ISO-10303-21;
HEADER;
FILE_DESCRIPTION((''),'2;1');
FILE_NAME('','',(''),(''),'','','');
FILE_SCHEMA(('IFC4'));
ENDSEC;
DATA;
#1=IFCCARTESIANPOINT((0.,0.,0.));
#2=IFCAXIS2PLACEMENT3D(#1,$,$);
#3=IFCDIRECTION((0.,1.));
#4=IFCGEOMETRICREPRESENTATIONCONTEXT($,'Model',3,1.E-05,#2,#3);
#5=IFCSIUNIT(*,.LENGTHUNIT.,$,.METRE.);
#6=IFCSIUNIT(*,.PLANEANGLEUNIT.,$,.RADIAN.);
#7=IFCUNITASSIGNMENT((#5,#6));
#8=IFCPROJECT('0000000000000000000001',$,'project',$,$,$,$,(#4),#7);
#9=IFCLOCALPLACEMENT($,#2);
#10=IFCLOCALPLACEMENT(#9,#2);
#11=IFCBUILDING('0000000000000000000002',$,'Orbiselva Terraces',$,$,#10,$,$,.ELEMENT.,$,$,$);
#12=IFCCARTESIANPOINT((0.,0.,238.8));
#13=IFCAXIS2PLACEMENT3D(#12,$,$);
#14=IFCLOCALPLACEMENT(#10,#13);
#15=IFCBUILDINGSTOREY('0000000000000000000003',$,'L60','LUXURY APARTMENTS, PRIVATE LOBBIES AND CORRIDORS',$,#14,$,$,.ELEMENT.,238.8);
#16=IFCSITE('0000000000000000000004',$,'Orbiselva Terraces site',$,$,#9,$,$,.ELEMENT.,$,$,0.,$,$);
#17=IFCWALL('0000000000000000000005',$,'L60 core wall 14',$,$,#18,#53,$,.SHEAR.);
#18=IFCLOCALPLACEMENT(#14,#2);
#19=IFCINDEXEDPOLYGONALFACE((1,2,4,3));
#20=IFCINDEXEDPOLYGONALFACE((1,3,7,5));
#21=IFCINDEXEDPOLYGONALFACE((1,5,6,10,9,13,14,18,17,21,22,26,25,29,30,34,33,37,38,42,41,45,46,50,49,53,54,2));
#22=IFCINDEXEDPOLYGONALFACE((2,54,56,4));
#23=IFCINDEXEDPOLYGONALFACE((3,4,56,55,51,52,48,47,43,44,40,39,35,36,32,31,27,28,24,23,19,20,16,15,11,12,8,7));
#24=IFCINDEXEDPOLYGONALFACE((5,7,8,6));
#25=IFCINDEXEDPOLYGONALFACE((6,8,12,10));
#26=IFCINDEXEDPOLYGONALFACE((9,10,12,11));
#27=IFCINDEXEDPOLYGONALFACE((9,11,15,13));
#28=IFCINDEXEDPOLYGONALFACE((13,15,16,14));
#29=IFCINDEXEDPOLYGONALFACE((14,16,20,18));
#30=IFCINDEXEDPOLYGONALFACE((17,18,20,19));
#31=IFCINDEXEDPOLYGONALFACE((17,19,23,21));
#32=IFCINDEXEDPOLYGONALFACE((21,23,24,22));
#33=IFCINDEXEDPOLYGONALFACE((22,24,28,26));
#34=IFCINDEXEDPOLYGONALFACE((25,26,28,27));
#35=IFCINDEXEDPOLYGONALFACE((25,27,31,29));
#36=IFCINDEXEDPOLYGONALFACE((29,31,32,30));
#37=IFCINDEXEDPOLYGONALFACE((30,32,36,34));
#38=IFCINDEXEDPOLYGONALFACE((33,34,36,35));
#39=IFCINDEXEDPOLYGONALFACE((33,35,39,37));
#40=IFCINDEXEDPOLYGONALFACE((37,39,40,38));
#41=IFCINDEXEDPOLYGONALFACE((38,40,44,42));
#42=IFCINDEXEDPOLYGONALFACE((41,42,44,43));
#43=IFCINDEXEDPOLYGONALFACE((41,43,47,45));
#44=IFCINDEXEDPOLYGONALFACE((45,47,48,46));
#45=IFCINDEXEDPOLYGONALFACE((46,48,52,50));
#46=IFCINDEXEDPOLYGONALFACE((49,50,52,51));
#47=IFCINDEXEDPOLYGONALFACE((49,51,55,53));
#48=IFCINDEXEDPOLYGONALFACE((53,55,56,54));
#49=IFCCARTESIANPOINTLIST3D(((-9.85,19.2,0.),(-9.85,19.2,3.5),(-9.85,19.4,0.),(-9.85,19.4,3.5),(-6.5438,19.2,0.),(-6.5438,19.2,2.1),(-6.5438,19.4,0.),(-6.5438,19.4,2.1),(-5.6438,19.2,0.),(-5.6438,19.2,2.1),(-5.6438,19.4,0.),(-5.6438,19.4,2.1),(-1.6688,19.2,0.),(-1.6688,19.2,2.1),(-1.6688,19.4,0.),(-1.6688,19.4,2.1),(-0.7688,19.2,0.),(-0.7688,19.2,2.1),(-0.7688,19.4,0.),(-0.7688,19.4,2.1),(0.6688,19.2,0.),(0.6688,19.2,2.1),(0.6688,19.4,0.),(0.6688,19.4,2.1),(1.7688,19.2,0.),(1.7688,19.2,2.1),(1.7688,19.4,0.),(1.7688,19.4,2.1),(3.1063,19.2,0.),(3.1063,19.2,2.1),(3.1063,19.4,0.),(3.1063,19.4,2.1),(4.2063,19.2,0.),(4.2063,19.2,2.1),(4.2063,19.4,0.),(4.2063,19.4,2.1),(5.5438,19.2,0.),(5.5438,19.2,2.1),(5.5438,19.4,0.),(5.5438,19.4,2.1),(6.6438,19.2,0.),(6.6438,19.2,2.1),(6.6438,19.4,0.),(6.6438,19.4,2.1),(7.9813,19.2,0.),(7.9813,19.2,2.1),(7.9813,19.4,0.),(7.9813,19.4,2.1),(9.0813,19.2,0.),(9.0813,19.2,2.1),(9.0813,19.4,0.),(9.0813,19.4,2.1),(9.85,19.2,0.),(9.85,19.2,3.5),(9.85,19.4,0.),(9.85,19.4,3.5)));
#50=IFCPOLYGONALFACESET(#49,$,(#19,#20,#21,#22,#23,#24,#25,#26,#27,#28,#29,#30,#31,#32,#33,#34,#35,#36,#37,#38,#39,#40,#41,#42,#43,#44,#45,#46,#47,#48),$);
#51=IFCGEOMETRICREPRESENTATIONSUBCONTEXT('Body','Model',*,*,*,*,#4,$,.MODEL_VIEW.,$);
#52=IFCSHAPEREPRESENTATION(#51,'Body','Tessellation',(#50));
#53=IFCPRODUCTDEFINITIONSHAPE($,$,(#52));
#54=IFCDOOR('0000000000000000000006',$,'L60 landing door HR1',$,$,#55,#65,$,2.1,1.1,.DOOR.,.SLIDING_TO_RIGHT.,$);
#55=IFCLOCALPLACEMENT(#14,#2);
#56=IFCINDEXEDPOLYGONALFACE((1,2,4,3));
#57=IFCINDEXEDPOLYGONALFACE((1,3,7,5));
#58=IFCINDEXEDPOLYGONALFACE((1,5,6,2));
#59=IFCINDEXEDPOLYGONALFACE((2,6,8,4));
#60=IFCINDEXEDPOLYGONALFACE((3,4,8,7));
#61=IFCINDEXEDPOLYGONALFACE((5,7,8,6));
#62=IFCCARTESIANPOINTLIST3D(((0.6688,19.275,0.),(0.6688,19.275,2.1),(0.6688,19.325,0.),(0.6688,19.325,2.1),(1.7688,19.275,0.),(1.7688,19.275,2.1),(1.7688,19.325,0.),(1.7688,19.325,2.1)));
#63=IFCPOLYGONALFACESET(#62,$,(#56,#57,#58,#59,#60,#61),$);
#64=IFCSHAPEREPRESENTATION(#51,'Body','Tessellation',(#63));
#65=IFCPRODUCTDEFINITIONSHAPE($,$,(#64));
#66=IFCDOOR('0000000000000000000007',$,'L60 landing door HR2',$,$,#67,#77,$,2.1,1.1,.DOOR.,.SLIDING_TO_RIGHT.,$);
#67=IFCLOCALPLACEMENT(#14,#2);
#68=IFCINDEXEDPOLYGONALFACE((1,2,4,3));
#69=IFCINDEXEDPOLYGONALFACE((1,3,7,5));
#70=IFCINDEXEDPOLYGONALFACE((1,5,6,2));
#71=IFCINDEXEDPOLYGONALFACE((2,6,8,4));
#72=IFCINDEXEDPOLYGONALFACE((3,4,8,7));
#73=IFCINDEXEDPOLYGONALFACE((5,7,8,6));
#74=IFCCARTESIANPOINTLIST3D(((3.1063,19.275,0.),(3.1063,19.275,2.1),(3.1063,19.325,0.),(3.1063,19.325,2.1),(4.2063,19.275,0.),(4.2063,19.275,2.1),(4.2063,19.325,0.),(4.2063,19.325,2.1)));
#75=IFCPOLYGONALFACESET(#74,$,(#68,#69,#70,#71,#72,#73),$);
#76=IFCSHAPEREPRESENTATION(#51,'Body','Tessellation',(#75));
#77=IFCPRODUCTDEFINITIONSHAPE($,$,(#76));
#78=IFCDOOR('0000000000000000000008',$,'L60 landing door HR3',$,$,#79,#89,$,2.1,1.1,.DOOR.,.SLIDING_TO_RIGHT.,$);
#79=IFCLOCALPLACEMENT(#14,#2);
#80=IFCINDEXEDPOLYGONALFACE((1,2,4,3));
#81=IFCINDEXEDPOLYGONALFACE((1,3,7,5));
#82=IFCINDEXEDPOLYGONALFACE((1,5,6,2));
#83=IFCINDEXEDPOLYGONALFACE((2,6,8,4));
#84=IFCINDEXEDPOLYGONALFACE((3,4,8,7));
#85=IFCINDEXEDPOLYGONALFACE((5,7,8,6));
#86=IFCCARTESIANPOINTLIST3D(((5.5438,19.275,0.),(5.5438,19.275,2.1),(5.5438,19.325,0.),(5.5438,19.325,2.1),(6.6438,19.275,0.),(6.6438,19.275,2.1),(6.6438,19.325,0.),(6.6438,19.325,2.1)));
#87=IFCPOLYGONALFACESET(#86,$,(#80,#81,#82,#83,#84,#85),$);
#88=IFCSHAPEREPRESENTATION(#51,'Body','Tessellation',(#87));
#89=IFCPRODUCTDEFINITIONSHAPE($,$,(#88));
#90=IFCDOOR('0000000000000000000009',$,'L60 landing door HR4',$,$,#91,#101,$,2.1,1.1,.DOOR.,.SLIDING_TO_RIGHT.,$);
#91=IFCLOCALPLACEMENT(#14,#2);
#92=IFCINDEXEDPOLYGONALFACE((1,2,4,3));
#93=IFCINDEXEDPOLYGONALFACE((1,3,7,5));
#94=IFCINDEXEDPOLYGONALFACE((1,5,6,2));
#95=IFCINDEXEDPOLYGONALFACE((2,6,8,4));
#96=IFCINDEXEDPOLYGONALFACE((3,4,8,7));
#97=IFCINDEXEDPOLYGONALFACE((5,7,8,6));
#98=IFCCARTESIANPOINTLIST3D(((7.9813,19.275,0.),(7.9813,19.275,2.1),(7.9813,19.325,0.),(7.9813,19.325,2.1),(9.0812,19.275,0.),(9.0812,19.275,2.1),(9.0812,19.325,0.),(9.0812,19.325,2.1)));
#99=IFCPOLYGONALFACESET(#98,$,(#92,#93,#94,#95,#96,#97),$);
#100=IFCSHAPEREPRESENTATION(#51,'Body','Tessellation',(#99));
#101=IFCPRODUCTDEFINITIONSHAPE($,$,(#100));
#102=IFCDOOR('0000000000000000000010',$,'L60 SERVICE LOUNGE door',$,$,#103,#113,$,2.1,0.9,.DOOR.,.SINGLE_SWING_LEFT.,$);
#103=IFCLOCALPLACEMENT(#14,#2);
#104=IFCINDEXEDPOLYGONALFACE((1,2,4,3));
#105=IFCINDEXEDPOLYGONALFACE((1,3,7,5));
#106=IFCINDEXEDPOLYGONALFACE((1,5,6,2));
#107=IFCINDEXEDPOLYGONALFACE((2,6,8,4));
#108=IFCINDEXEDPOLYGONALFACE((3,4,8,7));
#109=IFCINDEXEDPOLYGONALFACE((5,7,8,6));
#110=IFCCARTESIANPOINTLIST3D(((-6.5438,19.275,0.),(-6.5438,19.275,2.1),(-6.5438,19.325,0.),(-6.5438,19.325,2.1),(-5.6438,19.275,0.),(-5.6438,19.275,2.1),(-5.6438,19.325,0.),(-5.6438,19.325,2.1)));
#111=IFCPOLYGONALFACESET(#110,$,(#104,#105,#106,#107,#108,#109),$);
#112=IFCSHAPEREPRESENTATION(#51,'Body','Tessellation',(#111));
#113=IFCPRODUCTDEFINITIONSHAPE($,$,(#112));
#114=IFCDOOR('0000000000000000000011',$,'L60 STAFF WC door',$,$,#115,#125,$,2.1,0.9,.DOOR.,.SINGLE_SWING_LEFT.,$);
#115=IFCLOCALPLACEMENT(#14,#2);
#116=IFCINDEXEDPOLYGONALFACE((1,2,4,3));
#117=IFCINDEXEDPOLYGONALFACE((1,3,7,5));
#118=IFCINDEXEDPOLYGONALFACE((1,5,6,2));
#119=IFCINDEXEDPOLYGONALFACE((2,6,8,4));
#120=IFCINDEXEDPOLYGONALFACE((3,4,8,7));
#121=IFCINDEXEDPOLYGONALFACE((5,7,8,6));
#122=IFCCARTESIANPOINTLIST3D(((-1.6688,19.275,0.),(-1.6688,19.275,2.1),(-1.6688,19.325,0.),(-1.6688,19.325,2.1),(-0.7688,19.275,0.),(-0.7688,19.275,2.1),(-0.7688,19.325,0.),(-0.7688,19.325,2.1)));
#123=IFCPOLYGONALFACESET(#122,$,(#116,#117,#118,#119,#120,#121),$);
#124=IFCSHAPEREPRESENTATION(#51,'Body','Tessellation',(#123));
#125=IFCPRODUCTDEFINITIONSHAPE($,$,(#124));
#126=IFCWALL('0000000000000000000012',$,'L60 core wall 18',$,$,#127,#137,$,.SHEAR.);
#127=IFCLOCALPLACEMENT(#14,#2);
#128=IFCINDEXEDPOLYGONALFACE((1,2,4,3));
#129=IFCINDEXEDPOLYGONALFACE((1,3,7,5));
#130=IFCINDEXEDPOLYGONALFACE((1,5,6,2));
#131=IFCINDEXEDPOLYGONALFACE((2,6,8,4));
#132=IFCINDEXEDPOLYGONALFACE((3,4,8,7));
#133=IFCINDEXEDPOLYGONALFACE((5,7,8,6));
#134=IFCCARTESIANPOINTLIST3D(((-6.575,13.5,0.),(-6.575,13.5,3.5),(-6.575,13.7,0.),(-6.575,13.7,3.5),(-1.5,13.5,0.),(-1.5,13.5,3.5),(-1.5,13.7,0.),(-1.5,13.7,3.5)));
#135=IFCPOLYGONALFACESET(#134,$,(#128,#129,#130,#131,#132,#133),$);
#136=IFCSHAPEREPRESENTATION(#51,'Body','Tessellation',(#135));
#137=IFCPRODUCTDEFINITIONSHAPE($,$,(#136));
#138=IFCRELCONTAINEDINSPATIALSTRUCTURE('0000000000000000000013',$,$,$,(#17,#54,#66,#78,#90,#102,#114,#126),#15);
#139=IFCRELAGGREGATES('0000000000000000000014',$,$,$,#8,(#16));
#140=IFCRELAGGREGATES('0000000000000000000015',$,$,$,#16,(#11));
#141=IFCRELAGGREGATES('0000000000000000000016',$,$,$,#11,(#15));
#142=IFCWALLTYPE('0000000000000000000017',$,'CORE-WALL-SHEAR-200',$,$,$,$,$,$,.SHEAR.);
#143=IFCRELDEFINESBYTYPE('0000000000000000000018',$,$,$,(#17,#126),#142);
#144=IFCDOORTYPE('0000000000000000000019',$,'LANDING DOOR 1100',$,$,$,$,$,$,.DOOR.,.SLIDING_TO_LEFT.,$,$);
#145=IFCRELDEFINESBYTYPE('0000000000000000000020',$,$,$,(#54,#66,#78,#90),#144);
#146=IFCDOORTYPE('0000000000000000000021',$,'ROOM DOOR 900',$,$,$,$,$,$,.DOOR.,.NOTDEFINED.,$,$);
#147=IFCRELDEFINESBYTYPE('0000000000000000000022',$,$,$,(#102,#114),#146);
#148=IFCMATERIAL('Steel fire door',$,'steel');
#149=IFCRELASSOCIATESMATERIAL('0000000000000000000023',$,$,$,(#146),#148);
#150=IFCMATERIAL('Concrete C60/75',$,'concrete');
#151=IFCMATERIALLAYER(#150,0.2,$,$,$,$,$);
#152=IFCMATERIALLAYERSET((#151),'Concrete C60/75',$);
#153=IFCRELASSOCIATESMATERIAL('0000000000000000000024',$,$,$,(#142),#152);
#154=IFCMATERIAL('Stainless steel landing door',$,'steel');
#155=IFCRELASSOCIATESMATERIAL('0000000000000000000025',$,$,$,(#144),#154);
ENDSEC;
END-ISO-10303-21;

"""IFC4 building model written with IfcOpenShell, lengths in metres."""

from ifc_helpers import new_model, si_unit, direction, frame, frame_2d, origin, place, context, subcontext, project, spatial, rectangle, extrude, material, layer, layer_set, type_object, element, fill, save


model = new_model("IFC4")

# Units and contexts
model_context = context("Model", 3, precision=1e-05, world=origin(), true_north=direction((0.0, 1.0)))
body_context = subcontext(model_context, "Body", "Model", "MODEL_VIEW")
ifc_project = project(units=[si_unit("LENGTHUNIT", "METRE"), si_unit("PLANEANGLEUNIT", "RADIAN")], contexts=[model_context])

# Site, building, storey
site_placement = place(None, origin())
site = spatial("IfcSite", under=ifc_project, at=site_placement, Name="Orbiselva Terraces site", CompositionType="ELEMENT", RefElevation=0.0)
building_placement = place(site_placement, origin())
building = spatial("IfcBuilding", under=site, at=building_placement, Name="Orbiselva Terraces", CompositionType="ELEMENT")
storey_placement = place(building_placement, frame((0.0, 0.0, 238.8)))
storey = spatial("IfcBuildingStorey", under=building, at=storey_placement, Name="L60", Description="LUXURY APARTMENTS, PRIVATE LOBBIES AND CORRIDORS", CompositionType="ELEMENT", Elevation=238.8)

# Shared definitions
ifc_material_1 = material(Name="Steel fire door", Category="steel")
door_type_1 = type_object("IfcDoorType", Name="ROOM DOOR 900", OperationType="NOTDEFINED", PredefinedType="DOOR", material=ifc_material_1)

# Shared definitions
ifc_material_2 = material(Name="Concrete C60/75", Category="concrete")
ifc_layer_1 = layer(ifc_material_2, 0.2)
ifc_layer_set_1 = layer_set([ifc_layer_1], Name="Concrete C60/75")
wall_type_1 = type_object("IfcWallType", Name="CORE-WALL-SHEAR-200", PredefinedType="SHEAR", material=ifc_layer_set_1)

# Wall, openings, doors
wall_1_placement = place(storey_placement, frame((-9.85, 19.3, 0.0), z_axis=(0.0, 0.0, 1.0), x_axis=(1.0, 0.0, 0.0)))
wall_1 = element("IfcWall", 1, at=wall_1_placement, inside=storey, type_object=wall_type_1, Name="L60 core wall 14", PredefinedType="SHEAR", context=body_context, shape_type="SweptSolid", body=[
    extrude(rectangle(XDim=19.7, YDim=0.2, at=frame_2d((9.85, 0.0))), origin(), (0.0, 0.0, 1.0), 3.5),
])
opening_1_placement = place(wall_1_placement, frame((10.5188, 0.0, 0.0)))
opening_1 = element("IfcOpeningElement", 2, at=opening_1_placement, cuts=wall_1, PredefinedType="OPENING", context=body_context, shape_type="SweptSolid", body=[
    extrude(rectangle(XDim=1.1, YDim=2.1, at=frame_2d((0.55, 1.05))), frame((0.0, 0.11, 0.0), z_axis=(0.0, -1.0, 0.0), x_axis=(1.0, 0.0, 0.0)), (0.0, 0.0, 1.0), 0.22),
])
opening_2_placement = place(wall_1_placement, frame((12.9563, 0.0, 0.0)))
opening_2 = element("IfcOpeningElement", 3, at=opening_2_placement, cuts=wall_1, PredefinedType="OPENING", context=body_context, shape_type="SweptSolid", body=[
    extrude(rectangle(XDim=1.1, YDim=2.1, at=frame_2d((0.55, 1.05))), frame((0.0, 0.11, 0.0), z_axis=(0.0, -1.0, 0.0), x_axis=(1.0, 0.0, 0.0)), (0.0, 0.0, 1.0), 0.22),
])
opening_3_placement = place(wall_1_placement, frame((15.3938, 0.0, 0.0)))
opening_3 = element("IfcOpeningElement", 4, at=opening_3_placement, cuts=wall_1, PredefinedType="OPENING", context=body_context, shape_type="SweptSolid", body=[
    extrude(rectangle(XDim=1.1, YDim=2.1, at=frame_2d((0.55, 1.05))), frame((0.0, 0.11, 0.0), z_axis=(0.0, -1.0, 0.0), x_axis=(1.0, 0.0, 0.0)), (0.0, 0.0, 1.0), 0.22),
])
opening_4_placement = place(wall_1_placement, frame((17.8313, 0.0, 0.0)))
opening_4 = element("IfcOpeningElement", 5, at=opening_4_placement, cuts=wall_1, PredefinedType="OPENING", context=body_context, shape_type="SweptSolid", body=[
    extrude(rectangle(XDim=1.1, YDim=2.1, at=frame_2d((0.55, 1.05))), frame((0.0, 0.11, 0.0), z_axis=(0.0, -1.0, 0.0), x_axis=(1.0, 0.0, 0.0)), (0.0, 0.0, 1.0), 0.22),
])
opening_5_placement = place(wall_1_placement, frame((3.3062, 0.0, 0.0)))
opening_5 = element("IfcOpeningElement", 6, at=opening_5_placement, cuts=wall_1, PredefinedType="OPENING", context=body_context, shape_type="SweptSolid", body=[
    extrude(rectangle(XDim=0.9, YDim=2.1, at=frame_2d((0.45, 1.05))), frame((0.0, 0.11, 0.0), z_axis=(0.0, -1.0, 0.0), x_axis=(1.0, 0.0, 0.0)), (0.0, 0.0, 1.0), 0.22),
])
opening_6_placement = place(wall_1_placement, frame((8.1812, 0.0, 0.0)))
opening_6 = element("IfcOpeningElement", 7, at=opening_6_placement, cuts=wall_1, PredefinedType="OPENING", context=body_context, shape_type="SweptSolid", body=[
    extrude(rectangle(XDim=0.9, YDim=2.1, at=frame_2d((0.45, 1.05))), frame((0.0, 0.11, 0.0), z_axis=(0.0, -1.0, 0.0), x_axis=(1.0, 0.0, 0.0)), (0.0, 0.0, 1.0), 0.22),
])
ifc_material_3 = material(Name="Stainless steel landing door", Category="steel")
door_type_2 = type_object("IfcDoorType", Name="LANDING DOOR 1100", OperationType="SLIDING_TO_LEFT", PredefinedType="DOOR", material=ifc_material_3)
door_1_placement = place(opening_1_placement, origin())
door_1 = element("IfcDoor", 8, at=door_1_placement, inside=storey, type_object=door_type_2, Name="L60 landing door HR1", OperationType="SLIDING_TO_RIGHT", OverallHeight=2.1, OverallWidth=1.1, PredefinedType="DOOR", context=body_context, shape_type="SweptSolid", body=[
    extrude(rectangle(XDim=1.1, YDim=2.1, at=frame_2d((0.55, 1.05))), frame((0.0, 0.025, 0.0), z_axis=(0.0, -1.0, 0.0), x_axis=(1.0, 0.0, 0.0)), (0.0, 0.0, 1.0), 0.05),
])
fill(opening_1, door_1)
door_2_placement = place(opening_2_placement, origin())
door_2 = element("IfcDoor", 9, at=door_2_placement, inside=storey, type_object=door_type_2, Name="L60 landing door HR2", OperationType="SLIDING_TO_RIGHT", OverallHeight=2.1, OverallWidth=1.1, PredefinedType="DOOR", context=body_context, shape_type="SweptSolid", body=[
    extrude(rectangle(XDim=1.1, YDim=2.1, at=frame_2d((0.55, 1.05))), frame((0.0, 0.025, 0.0), z_axis=(0.0, -1.0, 0.0), x_axis=(1.0, 0.0, 0.0)), (0.0, 0.0, 1.0), 0.05),
])
fill(opening_2, door_2)
door_3_placement = place(opening_3_placement, origin())
door_3 = element("IfcDoor", 10, at=door_3_placement, inside=storey, type_object=door_type_2, Name="L60 landing door HR3", OperationType="SLIDING_TO_RIGHT", OverallHeight=2.1, OverallWidth=1.1, PredefinedType="DOOR", context=body_context, shape_type="SweptSolid", body=[
    extrude(rectangle(XDim=1.1, YDim=2.1, at=frame_2d((0.55, 1.05))), frame((0.0, 0.025, 0.0), z_axis=(0.0, -1.0, 0.0), x_axis=(1.0, 0.0, 0.0)), (0.0, 0.0, 1.0), 0.05),
])
fill(opening_3, door_3)
door_4_placement = place(opening_4_placement, origin())
door_4 = element("IfcDoor", 11, at=door_4_placement, inside=storey, type_object=door_type_2, Name="L60 landing door HR4", OperationType="SLIDING_TO_RIGHT", OverallHeight=2.1, OverallWidth=1.1, PredefinedType="DOOR", context=body_context, shape_type="SweptSolid", body=[
    extrude(rectangle(XDim=1.1, YDim=2.1, at=frame_2d((0.55, 1.05))), frame((0.0, 0.025, 0.0), z_axis=(0.0, -1.0, 0.0), x_axis=(1.0, 0.0, 0.0)), (0.0, 0.0, 1.0), 0.05),
])
fill(opening_4, door_4)
door_5_placement = place(opening_5_placement, origin())
door_5 = element("IfcDoor", 12, at=door_5_placement, inside=storey, type_object=door_type_1, Name="L60 SERVICE LOUNGE door", OperationType="SINGLE_SWING_LEFT", OverallHeight=2.1, OverallWidth=0.9, PredefinedType="DOOR", context=body_context, shape_type="SweptSolid", body=[
    extrude(rectangle(XDim=0.9, YDim=2.1, at=frame_2d((0.45, 1.05))), frame((0.0, 0.025, 0.0), z_axis=(0.0, -1.0, 0.0), x_axis=(1.0, 0.0, 0.0)), (0.0, 0.0, 1.0), 0.05),
])
fill(opening_5, door_5)
door_6_placement = place(opening_6_placement, origin())
door_6 = element("IfcDoor", 13, at=door_6_placement, inside=storey, type_object=door_type_1, Name="L60 STAFF WC door", OperationType="SINGLE_SWING_LEFT", OverallHeight=2.1, OverallWidth=0.9, PredefinedType="DOOR", context=body_context, shape_type="SweptSolid", body=[
    extrude(rectangle(XDim=0.9, YDim=2.1, at=frame_2d((0.45, 1.05))), frame((0.0, 0.025, 0.0), z_axis=(0.0, -1.0, 0.0), x_axis=(1.0, 0.0, 0.0)), (0.0, 0.0, 1.0), 0.05),
])
fill(opening_6, door_6)

# Wall
wall_2_placement = place(storey_placement, frame((-6.575, 13.6, 0.0), z_axis=(0.0, 0.0, 1.0), x_axis=(1.0, 0.0, 0.0)))
element("IfcWall", 14, at=wall_2_placement, inside=storey, type_object=wall_type_1, Name="L60 core wall 18", PredefinedType="SHEAR", context=body_context, shape_type="SweptSolid", body=[
    extrude(rectangle(XDim=5.075, YDim=0.2, at=frame_2d((2.5375, 0.0))), origin(), (0.0, 0.0, 1.0), 3.5),
])

save(model, "model.ifc")
